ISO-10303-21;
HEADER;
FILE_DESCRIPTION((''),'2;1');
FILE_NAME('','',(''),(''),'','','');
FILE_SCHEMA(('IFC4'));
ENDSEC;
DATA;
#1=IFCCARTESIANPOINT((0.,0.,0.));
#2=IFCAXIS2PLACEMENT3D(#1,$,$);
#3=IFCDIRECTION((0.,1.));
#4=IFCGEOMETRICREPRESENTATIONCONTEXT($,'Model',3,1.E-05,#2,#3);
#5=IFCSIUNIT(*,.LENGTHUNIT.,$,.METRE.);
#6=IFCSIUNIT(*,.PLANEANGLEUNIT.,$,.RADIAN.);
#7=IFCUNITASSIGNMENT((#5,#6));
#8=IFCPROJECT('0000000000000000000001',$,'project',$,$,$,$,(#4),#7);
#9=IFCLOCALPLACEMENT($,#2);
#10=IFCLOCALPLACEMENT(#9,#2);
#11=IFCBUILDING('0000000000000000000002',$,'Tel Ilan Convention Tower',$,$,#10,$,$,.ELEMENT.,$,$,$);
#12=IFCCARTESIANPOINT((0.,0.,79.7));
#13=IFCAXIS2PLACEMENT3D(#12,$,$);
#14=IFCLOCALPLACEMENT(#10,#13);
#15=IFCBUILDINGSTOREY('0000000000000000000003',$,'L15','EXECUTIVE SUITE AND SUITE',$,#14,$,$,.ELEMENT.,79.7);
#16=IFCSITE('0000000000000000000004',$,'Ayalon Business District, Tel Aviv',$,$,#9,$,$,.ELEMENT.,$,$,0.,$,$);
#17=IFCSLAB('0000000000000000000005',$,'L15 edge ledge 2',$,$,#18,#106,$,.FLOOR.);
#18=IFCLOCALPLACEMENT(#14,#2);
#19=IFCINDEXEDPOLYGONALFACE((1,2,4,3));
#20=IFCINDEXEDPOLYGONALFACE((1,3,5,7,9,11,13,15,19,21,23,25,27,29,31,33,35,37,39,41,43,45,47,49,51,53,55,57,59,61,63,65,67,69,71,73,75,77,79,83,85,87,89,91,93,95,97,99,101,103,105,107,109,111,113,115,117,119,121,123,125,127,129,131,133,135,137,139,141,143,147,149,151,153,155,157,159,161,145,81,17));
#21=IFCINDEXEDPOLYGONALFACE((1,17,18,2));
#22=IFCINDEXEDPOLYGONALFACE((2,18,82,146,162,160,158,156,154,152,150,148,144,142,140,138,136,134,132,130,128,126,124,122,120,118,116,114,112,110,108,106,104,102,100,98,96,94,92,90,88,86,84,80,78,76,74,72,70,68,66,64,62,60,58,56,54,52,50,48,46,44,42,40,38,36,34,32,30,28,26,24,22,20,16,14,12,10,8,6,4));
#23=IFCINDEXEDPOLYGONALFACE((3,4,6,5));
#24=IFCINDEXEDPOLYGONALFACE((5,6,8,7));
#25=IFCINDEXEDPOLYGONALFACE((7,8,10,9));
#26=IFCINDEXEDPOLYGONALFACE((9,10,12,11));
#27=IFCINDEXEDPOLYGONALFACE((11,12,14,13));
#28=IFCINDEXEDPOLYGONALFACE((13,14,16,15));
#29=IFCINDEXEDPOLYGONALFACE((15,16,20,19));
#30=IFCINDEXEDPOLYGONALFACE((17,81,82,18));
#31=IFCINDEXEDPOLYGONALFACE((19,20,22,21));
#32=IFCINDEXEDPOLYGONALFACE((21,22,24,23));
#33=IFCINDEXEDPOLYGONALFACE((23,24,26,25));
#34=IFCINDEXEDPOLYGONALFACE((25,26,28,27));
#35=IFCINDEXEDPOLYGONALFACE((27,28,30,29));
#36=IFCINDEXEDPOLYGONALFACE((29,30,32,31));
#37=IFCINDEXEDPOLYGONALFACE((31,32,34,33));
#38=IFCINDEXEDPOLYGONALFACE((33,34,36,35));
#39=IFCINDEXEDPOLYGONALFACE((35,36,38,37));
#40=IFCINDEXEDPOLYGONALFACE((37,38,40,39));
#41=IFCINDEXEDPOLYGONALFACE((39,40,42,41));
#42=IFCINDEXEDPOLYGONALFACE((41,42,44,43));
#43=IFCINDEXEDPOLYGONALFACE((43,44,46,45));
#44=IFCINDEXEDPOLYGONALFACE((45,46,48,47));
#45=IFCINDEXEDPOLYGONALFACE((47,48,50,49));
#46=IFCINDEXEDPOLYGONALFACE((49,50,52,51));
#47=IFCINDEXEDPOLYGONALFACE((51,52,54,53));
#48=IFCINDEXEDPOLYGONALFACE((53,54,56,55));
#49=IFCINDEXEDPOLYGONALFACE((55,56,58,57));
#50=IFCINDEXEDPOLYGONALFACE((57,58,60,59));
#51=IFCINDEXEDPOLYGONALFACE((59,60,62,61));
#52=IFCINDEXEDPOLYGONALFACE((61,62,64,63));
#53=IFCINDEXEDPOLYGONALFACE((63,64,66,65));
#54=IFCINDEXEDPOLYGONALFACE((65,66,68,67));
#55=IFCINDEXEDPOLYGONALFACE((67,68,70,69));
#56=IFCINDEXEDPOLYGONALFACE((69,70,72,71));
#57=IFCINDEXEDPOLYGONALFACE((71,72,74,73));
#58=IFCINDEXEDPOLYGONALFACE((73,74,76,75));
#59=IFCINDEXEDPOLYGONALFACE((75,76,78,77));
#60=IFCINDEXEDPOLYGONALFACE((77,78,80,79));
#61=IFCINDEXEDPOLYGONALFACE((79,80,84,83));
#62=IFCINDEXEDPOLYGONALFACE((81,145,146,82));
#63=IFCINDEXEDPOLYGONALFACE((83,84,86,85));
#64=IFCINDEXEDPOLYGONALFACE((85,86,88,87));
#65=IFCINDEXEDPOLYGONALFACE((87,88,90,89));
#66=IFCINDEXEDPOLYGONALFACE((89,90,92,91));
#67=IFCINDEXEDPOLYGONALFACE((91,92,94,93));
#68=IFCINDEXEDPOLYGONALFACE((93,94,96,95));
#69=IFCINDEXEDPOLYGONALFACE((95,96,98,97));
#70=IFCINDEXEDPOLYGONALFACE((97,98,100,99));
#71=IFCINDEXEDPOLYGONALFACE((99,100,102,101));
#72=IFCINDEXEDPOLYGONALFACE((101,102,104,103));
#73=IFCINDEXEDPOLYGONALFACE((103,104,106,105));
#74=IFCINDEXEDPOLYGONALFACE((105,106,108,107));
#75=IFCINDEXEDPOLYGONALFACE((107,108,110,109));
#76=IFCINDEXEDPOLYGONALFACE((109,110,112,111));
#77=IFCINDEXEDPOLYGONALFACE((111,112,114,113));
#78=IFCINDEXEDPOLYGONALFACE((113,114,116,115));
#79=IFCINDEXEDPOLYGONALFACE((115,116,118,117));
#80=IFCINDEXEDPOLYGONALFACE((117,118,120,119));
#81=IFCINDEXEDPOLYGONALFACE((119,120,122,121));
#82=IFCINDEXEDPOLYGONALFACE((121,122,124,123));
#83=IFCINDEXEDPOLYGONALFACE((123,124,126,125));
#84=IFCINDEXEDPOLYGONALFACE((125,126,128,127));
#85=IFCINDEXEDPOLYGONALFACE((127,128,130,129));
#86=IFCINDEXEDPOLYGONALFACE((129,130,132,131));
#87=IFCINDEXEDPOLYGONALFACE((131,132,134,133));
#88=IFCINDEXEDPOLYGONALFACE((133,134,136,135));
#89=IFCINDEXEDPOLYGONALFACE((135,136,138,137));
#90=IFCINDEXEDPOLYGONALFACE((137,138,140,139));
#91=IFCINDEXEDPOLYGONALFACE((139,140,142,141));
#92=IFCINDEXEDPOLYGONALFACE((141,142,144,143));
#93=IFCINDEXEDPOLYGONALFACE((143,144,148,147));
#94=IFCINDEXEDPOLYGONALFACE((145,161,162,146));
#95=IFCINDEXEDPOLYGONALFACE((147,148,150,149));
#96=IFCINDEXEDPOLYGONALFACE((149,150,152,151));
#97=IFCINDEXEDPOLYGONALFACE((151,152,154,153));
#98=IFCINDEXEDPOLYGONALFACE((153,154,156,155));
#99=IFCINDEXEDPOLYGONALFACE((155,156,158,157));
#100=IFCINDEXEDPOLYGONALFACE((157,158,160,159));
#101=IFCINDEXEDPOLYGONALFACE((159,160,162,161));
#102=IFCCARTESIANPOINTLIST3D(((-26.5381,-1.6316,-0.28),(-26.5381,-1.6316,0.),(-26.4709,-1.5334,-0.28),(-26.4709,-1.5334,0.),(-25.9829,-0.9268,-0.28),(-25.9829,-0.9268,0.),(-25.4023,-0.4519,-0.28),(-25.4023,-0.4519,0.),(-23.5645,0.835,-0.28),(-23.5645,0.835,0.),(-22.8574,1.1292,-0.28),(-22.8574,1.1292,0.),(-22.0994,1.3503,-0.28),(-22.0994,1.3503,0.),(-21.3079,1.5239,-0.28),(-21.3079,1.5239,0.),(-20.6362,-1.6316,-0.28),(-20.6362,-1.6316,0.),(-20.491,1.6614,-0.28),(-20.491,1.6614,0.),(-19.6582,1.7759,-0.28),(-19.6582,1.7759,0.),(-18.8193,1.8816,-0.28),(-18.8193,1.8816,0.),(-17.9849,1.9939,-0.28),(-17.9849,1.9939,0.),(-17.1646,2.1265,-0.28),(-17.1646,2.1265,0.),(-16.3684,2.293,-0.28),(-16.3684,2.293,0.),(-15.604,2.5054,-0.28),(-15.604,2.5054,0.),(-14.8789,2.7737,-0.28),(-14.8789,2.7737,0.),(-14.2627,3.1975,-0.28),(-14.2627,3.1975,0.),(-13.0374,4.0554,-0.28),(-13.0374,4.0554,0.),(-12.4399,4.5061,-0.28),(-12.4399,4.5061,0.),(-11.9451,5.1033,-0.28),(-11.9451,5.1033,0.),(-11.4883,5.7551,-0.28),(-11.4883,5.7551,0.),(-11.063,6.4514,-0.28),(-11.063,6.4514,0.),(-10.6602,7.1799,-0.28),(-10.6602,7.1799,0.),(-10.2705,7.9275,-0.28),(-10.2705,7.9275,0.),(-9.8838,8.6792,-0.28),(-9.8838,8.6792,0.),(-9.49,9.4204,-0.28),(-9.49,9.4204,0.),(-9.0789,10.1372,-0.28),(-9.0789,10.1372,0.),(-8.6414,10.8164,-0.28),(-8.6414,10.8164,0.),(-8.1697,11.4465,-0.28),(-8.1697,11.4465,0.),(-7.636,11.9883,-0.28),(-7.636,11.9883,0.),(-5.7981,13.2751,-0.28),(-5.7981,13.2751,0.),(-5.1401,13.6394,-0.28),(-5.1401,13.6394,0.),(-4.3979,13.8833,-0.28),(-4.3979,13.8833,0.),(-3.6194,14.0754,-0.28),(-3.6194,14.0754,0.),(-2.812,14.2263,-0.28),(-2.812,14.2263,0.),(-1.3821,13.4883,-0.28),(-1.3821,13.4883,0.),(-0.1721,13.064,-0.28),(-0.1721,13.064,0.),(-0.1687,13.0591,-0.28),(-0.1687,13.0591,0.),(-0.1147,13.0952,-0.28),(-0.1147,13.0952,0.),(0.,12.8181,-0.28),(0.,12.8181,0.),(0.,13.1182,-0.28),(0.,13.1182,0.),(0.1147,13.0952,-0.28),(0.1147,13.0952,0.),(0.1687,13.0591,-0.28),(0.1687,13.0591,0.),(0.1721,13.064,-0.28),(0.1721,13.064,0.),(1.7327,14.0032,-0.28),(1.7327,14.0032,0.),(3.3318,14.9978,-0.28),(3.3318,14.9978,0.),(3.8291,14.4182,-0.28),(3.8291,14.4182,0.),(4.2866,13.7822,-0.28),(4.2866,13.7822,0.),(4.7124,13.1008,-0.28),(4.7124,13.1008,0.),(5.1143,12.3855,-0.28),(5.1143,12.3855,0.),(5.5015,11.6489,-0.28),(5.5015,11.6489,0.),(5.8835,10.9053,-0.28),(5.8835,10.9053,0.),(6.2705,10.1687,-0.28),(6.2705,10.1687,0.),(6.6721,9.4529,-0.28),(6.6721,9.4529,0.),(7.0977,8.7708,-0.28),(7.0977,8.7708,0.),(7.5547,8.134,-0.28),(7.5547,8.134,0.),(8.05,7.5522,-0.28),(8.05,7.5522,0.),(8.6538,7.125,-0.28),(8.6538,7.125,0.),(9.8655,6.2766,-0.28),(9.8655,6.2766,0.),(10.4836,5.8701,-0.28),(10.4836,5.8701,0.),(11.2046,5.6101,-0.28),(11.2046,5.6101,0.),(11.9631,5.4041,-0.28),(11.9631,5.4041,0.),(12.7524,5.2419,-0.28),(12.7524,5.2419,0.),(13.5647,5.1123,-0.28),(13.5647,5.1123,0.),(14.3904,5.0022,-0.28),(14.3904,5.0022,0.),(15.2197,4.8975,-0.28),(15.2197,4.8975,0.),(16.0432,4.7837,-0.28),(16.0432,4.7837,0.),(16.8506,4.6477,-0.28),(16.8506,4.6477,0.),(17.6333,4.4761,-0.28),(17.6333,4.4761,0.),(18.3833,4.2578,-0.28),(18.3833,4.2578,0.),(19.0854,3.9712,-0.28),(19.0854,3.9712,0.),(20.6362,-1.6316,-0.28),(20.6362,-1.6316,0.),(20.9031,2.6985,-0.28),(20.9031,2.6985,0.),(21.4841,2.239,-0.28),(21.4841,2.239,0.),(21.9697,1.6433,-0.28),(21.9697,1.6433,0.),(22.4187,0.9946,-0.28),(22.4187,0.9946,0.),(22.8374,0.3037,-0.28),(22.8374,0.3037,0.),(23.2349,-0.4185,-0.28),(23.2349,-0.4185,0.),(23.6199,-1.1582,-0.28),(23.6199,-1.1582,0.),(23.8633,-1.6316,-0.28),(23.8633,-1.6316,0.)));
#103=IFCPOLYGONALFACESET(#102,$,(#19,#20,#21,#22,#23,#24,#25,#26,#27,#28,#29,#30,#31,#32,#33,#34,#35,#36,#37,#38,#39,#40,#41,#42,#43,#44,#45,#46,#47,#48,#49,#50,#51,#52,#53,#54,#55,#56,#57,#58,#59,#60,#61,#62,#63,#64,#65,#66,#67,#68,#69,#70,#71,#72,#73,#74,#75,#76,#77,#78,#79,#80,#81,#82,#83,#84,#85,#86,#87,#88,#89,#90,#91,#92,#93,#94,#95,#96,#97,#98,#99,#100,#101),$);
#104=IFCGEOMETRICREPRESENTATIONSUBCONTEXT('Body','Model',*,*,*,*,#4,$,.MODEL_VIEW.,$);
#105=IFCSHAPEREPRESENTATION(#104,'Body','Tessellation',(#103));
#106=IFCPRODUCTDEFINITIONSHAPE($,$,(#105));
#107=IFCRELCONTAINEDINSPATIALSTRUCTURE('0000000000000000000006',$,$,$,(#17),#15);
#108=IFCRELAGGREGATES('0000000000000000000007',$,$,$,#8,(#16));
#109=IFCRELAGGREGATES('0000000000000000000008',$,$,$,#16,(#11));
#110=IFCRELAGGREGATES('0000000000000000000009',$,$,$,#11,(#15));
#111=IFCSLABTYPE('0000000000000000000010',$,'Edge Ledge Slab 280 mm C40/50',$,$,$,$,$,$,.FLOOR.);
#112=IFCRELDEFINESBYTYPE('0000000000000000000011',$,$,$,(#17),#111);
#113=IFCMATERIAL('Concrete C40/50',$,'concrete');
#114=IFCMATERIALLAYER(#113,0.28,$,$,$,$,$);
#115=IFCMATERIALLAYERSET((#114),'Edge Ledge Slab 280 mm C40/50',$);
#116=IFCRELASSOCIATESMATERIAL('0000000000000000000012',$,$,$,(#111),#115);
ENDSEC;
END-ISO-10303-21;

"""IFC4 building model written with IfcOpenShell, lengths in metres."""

from ifc_helpers import new_model, si_unit, direction, frame, origin, place, context, subcontext, project, spatial, polyline, outline, extrude, material, layer, layer_set, type_object, element, save


model = new_model("IFC4")

# Units and contexts
model_context = context("Model", 3, precision=1e-05, world=origin(), true_north=direction((0.0, 1.0)))
body_context = subcontext(model_context, "Body", "Model", "MODEL_VIEW")
ifc_project = project(units=[si_unit("LENGTHUNIT", "METRE"), si_unit("PLANEANGLEUNIT", "RADIAN")], contexts=[model_context])

# Site, building, storey
site_placement = place(None, origin())
site = spatial("IfcSite", under=ifc_project, at=site_placement, Name="Ayalon Business District, Tel Aviv", CompositionType="ELEMENT", RefElevation=0.0)
building_placement = place(site_placement, origin())
building = spatial("IfcBuilding", under=site, at=building_placement, Name="Tel Ilan Convention Tower", CompositionType="ELEMENT")
storey_placement = place(building_placement, frame((0.0, 0.0, 79.7)))
storey = spatial("IfcBuildingStorey", under=building, at=storey_placement, Name="L15", Description="EXECUTIVE SUITE AND SUITE", CompositionType="ELEMENT", Elevation=79.7)

# Slab
ifc_material_1 = material(Name="Concrete C40/50", Category="concrete")
ifc_layer_1 = layer(ifc_material_1, 0.28)
ifc_layer_set_1 = layer_set([ifc_layer_1], Name="Edge Ledge Slab 280 mm C40/50")
slab_type_1 = type_object("IfcSlabType", Name="Edge Ledge Slab 280 mm C40/50", PredefinedType="FLOOR", material=ifc_layer_set_1)
slab_1_placement = place(storey_placement, frame((0.0, 0.0, -0.28)))
element("IfcSlab", 1, at=slab_1_placement, inside=storey, type_object=slab_type_1, Name="L15 edge ledge 2", PredefinedType="FLOOR", context=body_context, shape_type="SweptSolid", body=[
    extrude(outline(polyline([(-23.5645, 0.835), (-22.8574, 1.1292), (-22.0994, 1.3503), (-21.3079, 1.5239), (-20.491, 1.6614), (-19.6582, 1.7759), (-18.8193, 1.8816), (-17.9849, 1.9939), (-17.1646, 2.1265), (-16.3684, 2.293), (-15.604, 2.5054), (-14.8789, 2.7737), (-14.2627, 3.1975), (-13.0374, 4.0554), (-12.4399, 4.5061), (-11.9451, 5.1033), (-11.4883, 5.7551), (-11.063, 6.4514), (-10.6602, 7.1799), (-10.2705, 7.9275), (-9.8838, 8.6792), (-9.49, 9.4204), (-9.0789, 10.1372), (-8.6414, 10.8164), (-8.1697, 11.4465), (-7.636, 11.9883), (-5.7981, 13.2751), (-5.1401, 13.6394), (-4.3979, 13.8833), (-3.6194, 14.0754), (-2.812, 14.2263), (-1.3821, 13.4883), (-0.1721, 13.064), (-0.1687, 13.0591), (-0.1147, 13.0952), (0.0, 13.1182), (0.1147, 13.0952), (0.1687, 13.0591), (0.1721, 13.064), (1.7327, 14.0032), (3.3318, 14.9978), (3.8291, 14.4182), (4.2866, 13.7822), (4.7124, 13.1008), (5.1143, 12.3855), (5.5015, 11.6489), (5.8835, 10.9053), (6.2705, 10.1687), (6.6721, 9.4529), (7.0977, 8.7708), (7.5547, 8.134), (8.05, 7.5522), (8.6538, 7.125), (9.8655, 6.2766), (10.4836, 5.8701), (11.2046, 5.6101), (11.9631, 5.4041), (12.7524, 5.2419), (13.5647, 5.1123), (14.3904, 5.0022), (15.2197, 4.8975), (16.0432, 4.7837), (16.8506, 4.6477), (17.6333, 4.4761), (18.3833, 4.2578), (19.0854, 3.9712), (20.9031, 2.6985), (21.4841, 2.239), (21.9697, 1.6433), (22.4187, 0.9946), (22.8374, 0.3037), (23.2349, -0.4185), (23.6199, -1.1582), (23.8633, -1.6316), (20.6362, -1.6316), (0.0, 12.8181), (-20.6362, -1.6316), (-26.5381, -1.6316), (-26.4709, -1.5334), (-25.9829, -0.9268), (-25.4023, -0.4519), (-23.5645, 0.835)])), origin(), (0.0, 0.0, 1.0), 0.28),
])

save(model, "model.ifc")
